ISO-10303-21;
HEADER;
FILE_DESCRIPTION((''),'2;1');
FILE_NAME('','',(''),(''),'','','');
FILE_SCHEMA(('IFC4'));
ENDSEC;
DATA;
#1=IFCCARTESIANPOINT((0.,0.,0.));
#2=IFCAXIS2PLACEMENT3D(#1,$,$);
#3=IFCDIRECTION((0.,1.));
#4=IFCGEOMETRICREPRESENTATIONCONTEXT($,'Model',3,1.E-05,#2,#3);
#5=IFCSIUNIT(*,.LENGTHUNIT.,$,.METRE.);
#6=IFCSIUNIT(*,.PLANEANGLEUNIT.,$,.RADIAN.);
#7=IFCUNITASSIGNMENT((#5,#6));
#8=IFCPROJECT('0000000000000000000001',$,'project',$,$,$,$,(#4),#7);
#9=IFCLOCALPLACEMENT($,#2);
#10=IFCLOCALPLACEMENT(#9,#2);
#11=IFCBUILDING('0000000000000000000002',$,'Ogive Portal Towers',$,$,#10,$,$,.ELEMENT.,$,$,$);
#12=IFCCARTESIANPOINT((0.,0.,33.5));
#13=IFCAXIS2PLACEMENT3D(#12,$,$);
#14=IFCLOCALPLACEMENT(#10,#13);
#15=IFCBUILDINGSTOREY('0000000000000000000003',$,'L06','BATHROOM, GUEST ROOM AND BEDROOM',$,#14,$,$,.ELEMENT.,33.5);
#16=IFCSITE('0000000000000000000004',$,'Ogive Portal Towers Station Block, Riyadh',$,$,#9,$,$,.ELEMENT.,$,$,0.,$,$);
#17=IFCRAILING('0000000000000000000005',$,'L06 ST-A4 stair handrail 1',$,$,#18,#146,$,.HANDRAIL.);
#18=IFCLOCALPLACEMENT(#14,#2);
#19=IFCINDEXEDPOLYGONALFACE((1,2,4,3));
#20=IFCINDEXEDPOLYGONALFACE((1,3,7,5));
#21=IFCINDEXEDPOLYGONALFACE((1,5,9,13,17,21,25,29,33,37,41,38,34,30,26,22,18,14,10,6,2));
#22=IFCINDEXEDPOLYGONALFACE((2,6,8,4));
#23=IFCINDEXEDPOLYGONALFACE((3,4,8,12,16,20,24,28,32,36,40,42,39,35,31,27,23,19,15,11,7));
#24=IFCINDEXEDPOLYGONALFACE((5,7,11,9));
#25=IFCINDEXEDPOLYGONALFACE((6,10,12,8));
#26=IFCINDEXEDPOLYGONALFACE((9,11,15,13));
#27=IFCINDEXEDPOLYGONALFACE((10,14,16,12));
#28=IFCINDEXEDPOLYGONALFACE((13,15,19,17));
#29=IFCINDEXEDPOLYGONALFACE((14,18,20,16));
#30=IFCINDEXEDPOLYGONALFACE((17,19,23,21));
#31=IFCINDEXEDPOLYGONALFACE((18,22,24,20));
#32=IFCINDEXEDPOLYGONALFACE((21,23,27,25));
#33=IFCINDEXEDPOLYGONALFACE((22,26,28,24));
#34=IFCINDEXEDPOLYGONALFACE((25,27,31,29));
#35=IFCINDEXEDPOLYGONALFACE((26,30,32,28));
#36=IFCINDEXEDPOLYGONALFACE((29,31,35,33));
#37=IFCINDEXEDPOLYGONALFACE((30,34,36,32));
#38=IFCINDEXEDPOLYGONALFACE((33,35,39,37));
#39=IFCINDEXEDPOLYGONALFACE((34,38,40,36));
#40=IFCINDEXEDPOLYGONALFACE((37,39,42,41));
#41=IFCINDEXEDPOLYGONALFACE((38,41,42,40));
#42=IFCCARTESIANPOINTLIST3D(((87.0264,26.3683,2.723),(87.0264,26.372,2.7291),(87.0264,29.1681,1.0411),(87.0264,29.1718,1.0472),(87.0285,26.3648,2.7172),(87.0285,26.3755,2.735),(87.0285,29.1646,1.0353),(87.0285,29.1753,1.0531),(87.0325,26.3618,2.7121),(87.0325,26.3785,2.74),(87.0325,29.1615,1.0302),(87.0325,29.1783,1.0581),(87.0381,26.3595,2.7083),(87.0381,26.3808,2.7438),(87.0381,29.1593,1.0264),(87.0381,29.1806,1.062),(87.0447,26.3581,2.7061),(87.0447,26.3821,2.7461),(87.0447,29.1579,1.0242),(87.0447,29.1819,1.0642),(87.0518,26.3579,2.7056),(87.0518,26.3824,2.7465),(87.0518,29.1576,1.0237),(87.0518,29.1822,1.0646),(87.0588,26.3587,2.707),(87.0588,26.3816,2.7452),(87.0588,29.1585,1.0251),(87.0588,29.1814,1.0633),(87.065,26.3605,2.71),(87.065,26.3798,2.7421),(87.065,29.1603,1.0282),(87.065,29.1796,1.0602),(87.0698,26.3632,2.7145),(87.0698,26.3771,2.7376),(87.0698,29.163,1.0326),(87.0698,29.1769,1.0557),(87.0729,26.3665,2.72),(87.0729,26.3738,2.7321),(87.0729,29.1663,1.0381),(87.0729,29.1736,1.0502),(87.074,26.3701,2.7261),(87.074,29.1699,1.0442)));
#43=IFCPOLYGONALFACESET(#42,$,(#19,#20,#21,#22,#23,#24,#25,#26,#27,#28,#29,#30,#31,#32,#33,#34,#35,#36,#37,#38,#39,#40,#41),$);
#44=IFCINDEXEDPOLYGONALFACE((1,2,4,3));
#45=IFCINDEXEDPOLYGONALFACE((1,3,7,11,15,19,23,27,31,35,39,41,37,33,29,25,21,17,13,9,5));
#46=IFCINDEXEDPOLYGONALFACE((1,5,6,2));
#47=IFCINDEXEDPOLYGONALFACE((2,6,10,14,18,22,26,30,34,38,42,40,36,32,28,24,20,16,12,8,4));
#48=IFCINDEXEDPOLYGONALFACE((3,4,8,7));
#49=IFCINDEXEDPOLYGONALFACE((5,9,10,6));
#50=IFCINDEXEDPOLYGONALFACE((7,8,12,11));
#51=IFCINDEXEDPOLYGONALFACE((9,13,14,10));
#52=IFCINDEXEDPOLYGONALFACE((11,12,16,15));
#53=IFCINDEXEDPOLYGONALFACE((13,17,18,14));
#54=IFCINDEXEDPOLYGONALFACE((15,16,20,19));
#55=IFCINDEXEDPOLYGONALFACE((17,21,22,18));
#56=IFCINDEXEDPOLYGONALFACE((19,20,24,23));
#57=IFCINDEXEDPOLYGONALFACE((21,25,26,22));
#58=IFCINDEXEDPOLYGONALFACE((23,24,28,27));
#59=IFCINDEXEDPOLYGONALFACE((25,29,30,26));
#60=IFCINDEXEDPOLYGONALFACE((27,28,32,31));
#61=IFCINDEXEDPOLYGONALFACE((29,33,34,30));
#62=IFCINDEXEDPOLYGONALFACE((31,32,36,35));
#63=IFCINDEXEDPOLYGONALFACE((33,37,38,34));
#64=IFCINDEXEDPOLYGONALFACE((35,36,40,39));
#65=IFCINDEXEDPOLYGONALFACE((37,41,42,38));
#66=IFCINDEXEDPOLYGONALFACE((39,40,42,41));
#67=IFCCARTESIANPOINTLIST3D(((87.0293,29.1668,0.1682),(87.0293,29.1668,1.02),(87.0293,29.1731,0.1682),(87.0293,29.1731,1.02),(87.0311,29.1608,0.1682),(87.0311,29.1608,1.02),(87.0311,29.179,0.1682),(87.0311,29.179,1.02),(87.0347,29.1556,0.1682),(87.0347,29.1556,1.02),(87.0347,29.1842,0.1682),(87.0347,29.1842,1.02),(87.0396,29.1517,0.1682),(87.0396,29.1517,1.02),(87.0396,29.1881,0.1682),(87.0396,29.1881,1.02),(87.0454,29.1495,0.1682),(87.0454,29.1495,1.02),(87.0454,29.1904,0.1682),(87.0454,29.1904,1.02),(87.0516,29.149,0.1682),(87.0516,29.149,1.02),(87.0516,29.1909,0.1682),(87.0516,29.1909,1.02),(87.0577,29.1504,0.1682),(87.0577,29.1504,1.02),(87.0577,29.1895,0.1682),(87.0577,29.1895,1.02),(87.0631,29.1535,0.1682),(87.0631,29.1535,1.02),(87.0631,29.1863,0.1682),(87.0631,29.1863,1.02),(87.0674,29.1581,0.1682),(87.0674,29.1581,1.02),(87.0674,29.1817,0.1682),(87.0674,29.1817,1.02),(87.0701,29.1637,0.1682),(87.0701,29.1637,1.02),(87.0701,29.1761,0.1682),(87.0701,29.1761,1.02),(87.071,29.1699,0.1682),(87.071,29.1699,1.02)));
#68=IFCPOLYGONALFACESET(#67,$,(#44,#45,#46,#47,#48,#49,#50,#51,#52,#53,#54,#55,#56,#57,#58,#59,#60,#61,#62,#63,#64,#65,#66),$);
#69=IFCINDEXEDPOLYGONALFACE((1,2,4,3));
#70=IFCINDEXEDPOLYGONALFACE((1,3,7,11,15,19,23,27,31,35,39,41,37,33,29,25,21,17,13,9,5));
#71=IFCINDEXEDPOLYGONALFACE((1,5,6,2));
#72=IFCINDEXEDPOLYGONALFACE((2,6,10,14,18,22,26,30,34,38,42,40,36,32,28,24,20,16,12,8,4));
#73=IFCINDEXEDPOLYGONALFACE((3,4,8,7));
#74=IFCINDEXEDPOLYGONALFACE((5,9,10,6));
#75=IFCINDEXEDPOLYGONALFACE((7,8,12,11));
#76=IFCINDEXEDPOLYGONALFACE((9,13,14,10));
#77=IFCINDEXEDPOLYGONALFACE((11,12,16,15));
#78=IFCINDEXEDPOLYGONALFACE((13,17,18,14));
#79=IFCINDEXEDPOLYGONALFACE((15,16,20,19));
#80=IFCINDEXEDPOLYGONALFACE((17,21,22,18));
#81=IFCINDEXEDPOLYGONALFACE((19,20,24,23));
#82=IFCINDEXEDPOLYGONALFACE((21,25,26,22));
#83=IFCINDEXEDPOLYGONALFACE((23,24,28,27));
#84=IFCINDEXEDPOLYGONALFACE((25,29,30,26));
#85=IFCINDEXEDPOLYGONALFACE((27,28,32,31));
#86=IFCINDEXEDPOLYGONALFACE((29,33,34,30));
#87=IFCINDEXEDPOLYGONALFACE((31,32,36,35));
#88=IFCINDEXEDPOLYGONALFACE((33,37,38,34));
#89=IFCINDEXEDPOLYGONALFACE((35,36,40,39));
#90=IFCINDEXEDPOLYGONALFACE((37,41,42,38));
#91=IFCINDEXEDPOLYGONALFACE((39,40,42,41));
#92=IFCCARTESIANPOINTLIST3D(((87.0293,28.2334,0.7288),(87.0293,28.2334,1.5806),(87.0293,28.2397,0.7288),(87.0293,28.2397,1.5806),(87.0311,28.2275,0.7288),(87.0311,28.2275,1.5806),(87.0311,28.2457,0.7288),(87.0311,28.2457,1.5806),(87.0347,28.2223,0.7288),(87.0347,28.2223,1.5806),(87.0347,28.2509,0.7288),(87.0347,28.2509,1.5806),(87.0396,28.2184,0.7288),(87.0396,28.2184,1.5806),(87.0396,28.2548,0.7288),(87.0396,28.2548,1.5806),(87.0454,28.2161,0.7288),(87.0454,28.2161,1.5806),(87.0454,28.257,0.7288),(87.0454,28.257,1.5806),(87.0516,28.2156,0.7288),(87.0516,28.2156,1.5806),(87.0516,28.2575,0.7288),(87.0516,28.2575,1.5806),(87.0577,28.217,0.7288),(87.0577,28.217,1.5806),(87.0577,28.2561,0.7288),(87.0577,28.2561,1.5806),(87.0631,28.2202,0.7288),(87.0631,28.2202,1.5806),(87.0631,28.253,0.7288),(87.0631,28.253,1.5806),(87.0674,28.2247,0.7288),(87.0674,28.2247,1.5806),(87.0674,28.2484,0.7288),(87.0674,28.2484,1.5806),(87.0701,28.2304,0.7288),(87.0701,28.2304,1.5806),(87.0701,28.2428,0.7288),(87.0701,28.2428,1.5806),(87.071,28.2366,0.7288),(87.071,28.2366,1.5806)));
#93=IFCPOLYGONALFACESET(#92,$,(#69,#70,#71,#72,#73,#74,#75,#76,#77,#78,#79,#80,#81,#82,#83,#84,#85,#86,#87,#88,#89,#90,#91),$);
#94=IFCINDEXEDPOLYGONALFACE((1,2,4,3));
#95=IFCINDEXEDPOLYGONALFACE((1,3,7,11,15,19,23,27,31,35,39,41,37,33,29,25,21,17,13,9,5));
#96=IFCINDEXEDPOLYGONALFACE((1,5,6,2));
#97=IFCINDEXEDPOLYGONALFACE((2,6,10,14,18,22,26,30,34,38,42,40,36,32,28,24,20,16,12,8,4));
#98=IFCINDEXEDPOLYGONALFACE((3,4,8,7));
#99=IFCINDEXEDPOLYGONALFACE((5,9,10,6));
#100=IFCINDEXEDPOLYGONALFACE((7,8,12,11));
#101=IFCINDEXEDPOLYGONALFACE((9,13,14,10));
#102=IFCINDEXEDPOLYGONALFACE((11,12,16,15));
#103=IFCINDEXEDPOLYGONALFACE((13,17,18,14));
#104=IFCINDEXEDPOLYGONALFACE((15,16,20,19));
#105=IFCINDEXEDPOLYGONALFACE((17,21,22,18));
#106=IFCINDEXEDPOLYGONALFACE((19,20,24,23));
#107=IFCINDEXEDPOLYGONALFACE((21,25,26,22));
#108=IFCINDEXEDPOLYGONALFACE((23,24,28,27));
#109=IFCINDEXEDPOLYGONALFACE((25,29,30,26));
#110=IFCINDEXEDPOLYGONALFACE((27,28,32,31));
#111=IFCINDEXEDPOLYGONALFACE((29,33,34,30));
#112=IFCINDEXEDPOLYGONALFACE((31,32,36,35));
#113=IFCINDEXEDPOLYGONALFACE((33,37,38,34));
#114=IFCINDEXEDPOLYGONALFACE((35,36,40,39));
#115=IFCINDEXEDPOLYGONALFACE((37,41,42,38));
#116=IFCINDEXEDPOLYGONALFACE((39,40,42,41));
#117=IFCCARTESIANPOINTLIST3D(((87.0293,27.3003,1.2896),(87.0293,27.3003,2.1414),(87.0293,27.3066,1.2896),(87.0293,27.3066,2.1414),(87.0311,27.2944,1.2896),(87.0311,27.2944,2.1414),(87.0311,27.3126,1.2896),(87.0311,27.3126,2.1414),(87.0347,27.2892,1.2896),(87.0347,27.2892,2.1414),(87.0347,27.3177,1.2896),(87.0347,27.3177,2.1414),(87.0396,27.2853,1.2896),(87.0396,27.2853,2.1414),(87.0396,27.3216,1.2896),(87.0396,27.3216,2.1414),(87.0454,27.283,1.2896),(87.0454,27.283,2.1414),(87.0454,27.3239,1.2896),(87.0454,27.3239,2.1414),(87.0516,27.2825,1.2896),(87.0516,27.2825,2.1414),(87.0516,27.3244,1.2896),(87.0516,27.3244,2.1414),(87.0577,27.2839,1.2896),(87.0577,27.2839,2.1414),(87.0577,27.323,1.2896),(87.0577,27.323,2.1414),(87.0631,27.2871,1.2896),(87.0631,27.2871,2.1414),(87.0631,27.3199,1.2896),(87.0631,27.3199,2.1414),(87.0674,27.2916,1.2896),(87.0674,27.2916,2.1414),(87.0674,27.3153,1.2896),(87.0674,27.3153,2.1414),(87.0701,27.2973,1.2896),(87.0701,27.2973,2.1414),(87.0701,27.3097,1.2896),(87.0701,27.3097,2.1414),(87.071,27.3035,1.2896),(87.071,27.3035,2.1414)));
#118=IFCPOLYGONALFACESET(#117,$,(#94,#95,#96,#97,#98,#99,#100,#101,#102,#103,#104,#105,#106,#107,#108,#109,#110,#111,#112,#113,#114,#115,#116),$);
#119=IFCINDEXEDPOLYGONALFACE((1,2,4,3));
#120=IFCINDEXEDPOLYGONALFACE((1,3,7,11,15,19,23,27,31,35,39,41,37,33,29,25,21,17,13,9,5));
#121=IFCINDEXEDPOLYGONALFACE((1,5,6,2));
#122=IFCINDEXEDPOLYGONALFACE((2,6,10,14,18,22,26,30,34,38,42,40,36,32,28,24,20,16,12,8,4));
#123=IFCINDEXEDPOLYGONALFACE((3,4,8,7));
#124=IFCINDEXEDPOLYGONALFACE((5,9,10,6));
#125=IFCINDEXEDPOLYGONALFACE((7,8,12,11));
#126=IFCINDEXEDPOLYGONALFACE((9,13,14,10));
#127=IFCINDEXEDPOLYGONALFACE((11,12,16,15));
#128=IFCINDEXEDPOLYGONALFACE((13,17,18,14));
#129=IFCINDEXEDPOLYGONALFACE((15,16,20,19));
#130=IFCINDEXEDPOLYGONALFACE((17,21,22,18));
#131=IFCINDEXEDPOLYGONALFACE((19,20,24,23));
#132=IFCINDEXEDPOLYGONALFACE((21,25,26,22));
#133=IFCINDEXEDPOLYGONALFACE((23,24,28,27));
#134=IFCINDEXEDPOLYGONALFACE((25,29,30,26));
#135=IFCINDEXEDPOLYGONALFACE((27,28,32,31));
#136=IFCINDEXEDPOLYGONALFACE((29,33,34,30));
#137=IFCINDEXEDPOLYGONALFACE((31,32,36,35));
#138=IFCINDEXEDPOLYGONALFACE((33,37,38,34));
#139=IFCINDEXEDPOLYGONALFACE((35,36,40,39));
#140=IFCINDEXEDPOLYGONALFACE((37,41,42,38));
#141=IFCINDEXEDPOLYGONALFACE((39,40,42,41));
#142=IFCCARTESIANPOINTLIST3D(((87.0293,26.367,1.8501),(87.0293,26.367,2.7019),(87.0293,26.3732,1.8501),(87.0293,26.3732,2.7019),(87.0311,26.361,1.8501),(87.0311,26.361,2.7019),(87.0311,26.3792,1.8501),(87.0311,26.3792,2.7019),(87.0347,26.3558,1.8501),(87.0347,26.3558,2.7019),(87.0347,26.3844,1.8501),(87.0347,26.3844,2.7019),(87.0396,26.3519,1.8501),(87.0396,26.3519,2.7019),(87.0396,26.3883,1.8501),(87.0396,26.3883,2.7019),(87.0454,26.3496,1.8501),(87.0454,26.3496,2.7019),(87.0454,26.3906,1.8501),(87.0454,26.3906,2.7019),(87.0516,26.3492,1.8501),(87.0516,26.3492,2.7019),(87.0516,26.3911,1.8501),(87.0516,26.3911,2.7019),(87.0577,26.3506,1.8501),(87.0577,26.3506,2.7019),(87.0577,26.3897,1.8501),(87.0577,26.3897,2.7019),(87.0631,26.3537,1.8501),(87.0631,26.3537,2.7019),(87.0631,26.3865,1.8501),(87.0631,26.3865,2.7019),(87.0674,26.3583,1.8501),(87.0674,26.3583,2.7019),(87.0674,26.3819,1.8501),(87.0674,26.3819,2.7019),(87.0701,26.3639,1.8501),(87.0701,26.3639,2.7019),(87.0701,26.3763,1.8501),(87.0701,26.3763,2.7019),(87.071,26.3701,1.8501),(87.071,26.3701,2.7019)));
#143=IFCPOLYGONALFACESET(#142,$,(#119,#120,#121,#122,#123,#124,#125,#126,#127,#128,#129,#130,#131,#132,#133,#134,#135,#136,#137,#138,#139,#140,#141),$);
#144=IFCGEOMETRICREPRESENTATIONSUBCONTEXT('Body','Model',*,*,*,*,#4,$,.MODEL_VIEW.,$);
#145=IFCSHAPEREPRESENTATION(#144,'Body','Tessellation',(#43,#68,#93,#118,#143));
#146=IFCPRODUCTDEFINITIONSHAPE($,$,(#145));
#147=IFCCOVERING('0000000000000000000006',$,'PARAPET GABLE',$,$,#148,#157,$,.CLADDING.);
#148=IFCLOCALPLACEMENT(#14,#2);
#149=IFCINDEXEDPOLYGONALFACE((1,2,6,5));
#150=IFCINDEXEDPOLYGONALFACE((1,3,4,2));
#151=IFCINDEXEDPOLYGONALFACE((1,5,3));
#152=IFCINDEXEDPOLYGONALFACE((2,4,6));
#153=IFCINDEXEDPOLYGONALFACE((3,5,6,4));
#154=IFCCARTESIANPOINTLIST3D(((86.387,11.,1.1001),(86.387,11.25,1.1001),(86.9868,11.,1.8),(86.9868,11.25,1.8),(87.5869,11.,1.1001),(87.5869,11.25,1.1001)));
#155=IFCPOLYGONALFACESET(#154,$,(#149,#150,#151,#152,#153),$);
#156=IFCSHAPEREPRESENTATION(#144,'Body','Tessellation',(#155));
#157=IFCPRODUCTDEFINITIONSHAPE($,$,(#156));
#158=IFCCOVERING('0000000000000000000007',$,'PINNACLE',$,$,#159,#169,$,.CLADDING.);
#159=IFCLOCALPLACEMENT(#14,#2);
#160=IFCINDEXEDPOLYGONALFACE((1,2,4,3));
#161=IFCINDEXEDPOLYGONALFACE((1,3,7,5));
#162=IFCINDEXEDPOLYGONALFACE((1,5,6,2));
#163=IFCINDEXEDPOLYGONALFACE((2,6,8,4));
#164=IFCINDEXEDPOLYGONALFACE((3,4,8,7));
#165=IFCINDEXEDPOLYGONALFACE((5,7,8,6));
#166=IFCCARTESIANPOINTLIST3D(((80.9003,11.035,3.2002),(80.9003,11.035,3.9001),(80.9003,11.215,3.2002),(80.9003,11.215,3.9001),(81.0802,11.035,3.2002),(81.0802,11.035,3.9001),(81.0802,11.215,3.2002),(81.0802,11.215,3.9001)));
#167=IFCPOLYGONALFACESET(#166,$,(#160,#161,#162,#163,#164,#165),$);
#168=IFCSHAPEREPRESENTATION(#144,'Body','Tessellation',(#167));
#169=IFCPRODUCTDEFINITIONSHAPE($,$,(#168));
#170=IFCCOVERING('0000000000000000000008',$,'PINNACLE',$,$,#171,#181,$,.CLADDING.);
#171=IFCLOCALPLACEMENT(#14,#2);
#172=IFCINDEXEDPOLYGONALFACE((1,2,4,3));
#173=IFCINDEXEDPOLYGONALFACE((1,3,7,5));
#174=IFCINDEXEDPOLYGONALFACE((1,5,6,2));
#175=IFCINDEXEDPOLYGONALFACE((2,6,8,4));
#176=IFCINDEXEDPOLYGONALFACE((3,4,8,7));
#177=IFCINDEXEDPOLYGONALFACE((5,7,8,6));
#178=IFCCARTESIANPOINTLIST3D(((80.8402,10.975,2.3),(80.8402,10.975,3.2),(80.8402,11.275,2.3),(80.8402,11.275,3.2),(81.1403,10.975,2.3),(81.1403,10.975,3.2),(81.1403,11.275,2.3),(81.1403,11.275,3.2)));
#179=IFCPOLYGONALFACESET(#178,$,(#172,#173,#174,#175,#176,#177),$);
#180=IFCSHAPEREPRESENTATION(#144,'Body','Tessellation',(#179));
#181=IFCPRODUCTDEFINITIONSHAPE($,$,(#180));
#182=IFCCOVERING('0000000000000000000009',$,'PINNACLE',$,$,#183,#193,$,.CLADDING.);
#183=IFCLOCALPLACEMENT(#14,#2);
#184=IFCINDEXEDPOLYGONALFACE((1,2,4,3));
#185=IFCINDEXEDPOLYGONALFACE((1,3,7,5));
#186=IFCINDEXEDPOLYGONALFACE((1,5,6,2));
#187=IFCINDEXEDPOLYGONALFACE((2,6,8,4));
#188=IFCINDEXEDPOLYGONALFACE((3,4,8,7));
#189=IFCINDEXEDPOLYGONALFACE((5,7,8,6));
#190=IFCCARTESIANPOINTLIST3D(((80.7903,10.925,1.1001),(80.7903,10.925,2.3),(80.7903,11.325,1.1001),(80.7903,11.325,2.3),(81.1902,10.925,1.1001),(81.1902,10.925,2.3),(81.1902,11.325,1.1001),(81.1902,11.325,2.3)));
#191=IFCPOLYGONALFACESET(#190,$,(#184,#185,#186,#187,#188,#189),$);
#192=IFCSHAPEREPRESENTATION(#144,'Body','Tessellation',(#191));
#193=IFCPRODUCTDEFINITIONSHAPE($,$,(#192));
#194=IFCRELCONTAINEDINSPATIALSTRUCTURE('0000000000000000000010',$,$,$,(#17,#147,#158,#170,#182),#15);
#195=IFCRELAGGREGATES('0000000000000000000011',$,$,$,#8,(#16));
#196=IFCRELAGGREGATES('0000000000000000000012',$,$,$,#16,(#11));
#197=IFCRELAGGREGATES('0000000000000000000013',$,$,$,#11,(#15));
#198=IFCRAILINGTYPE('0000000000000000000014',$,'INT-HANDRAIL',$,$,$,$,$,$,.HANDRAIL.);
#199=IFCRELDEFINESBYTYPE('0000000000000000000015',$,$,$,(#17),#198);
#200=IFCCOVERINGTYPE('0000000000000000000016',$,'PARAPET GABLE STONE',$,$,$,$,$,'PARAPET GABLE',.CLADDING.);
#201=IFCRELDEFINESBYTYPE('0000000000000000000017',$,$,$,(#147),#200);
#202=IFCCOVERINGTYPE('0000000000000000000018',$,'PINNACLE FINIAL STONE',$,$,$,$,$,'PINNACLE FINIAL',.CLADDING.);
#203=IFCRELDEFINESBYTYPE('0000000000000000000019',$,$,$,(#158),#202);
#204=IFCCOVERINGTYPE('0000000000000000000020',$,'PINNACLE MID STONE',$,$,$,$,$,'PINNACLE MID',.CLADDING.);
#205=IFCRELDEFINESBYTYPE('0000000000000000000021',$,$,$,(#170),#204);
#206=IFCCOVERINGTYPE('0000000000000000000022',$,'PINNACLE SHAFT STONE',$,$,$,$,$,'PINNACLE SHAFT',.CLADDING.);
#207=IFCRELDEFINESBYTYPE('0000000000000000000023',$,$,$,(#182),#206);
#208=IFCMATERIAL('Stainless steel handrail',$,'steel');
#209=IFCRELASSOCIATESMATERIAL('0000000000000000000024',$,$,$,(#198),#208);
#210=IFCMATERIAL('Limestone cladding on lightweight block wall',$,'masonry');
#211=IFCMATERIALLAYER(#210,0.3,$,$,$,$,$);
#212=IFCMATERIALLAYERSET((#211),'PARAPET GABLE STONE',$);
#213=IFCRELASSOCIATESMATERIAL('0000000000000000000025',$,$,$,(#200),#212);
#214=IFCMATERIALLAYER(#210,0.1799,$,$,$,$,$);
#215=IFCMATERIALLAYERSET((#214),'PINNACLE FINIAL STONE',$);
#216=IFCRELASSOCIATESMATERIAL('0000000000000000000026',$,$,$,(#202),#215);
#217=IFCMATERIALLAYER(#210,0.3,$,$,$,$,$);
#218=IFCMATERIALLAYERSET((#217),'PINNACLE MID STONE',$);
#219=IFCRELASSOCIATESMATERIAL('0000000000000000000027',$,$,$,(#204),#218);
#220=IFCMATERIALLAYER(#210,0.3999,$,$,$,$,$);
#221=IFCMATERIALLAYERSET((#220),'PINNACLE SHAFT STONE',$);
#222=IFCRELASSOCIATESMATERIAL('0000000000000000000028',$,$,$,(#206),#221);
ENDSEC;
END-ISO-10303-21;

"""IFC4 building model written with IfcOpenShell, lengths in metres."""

from ifc_helpers import new_model, si_unit, direction, frame, origin, origin_2d, place, context, subcontext, project, spatial, polyline, rectangle, circle, outline, extrude, material, layer, layer_set, type_object, element, save


model = new_model("IFC4")

# Units and contexts
model_context = context("Model", 3, precision=1e-05, world=origin(), true_north=direction((0.0, 1.0)))
body_context = subcontext(model_context, "Body", "Model", "MODEL_VIEW")
ifc_project = project(units=[si_unit("LENGTHUNIT", "METRE"), si_unit("PLANEANGLEUNIT", "RADIAN")], contexts=[model_context])

# Site, building, storey
site_placement = place(None, origin())
site = spatial("IfcSite", under=ifc_project, at=site_placement, Name="Ogive Portal Towers Station Block, Riyadh", CompositionType="ELEMENT", RefElevation=0.0)
building_placement = place(site_placement, origin())
building = spatial("IfcBuilding", under=site, at=building_placement, Name="Ogive Portal Towers", CompositionType="ELEMENT")
storey_placement = place(building_placement, frame((0.0, 0.0, 33.5)))
storey = spatial("IfcBuildingStorey", under=building, at=storey_placement, Name="L06", Description="BATHROOM, GUEST ROOM AND BEDROOM", CompositionType="ELEMENT", Elevation=33.5)

# Railing
ifc_material_1 = material(Name="Stainless steel handrail", Category="steel")
railing_type_1 = type_object("IfcRailingType", Name="INT-HANDRAIL", PredefinedType="HANDRAIL", material=ifc_material_1)
railing_1_placement = place(storey_placement, frame((87.05, 29.1699, 0.1682)))
element("IfcRailing", 1, at=railing_1_placement, inside=storey, type_object=railing_type_1, Name="L06 ST-A4 stair handrail 1", PredefinedType="HANDRAIL", context=body_context, shape_type="SweptSolid", body=[
    extrude(circle(Radius=0.0239, at=origin_2d()), frame((0.0, 0.0, 0.876), z_axis=(0.0, -0.857222, 0.514946), x_axis=(1.0, 0.0, 0.0)), (0.0, 0.0, 1.0), 3.2661),
    extrude(circle(Radius=0.021, at=origin_2d()), origin(), (0.0, 0.0, 1.0), 0.8518),
    extrude(circle(Radius=0.021, at=origin_2d()), frame((0.0, -0.9333, 0.5605)), (0.0, 0.0, 1.0), 0.8518),
    extrude(circle(Radius=0.021, at=origin_2d()), frame((0.0, -1.8665, 1.1213)), (0.0, 0.0, 1.0), 0.8518),
    extrude(circle(Radius=0.021, at=origin_2d()), frame((0.0, -2.7998, 1.6819)), (0.0, 0.0, 1.0), 0.8518),
])

# Coverings
ifc_material_2 = material(Name="Limestone cladding on lightweight block wall", Category="masonry")
ifc_layer_1 = layer(ifc_material_2, 0.3)
ifc_layer_set_1 = layer_set([ifc_layer_1], Name="PARAPET GABLE STONE")
covering_type_1 = type_object("IfcCoveringType", Name="PARAPET GABLE STONE", ElementType="PARAPET GABLE", PredefinedType="CLADDING", material=ifc_layer_set_1)
covering_1_placement = place(storey_placement, frame((86.387, 11.0, 1.1001), z_axis=(0.0, -1.0, 0.0), x_axis=(1.0, 0.0, 0.0)))
element("IfcCovering", 2, at=covering_1_placement, inside=storey, type_object=covering_type_1, Name="PARAPET GABLE", PredefinedType="CLADDING", context=body_context, shape_type="SweptSolid", body=[
    extrude(outline(polyline([(0.0, 0.0), (1.2, 0.0), (0.5999, 0.7), (0.0, 0.0)])), origin(), (0.0, 0.0, -1.0), 0.25),
])
ifc_layer_2 = layer(ifc_material_2, 0.1799)
ifc_layer_set_2 = layer_set([ifc_layer_2], Name="PINNACLE FINIAL STONE")
covering_type_2 = type_object("IfcCoveringType", Name="PINNACLE FINIAL STONE", ElementType="PINNACLE FINIAL", PredefinedType="CLADDING", material=ifc_layer_set_2)
covering_2_placement = place(storey_placement, frame((80.9902, 11.125, 3.2002), z_axis=(0.0, 0.0, 1.0), x_axis=(1.0, 0.0, 0.0)))
element("IfcCovering", 3, at=covering_2_placement, inside=storey, type_object=covering_type_2, Name="PINNACLE", PredefinedType="CLADDING", context=body_context, shape_type="SweptSolid", body=[
    extrude(rectangle(XDim=0.1799, YDim=0.1799, at=origin_2d()), origin(), (0.0, 0.0, 1.0), 0.7),
])
ifc_layer_3 = layer(ifc_material_2, 0.3)
ifc_layer_set_3 = layer_set([ifc_layer_3], Name="PINNACLE MID STONE")
covering_type_3 = type_object("IfcCoveringType", Name="PINNACLE MID STONE", ElementType="PINNACLE MID", PredefinedType="CLADDING", material=ifc_layer_set_3)
covering_3_placement = place(storey_placement, frame((80.9902, 11.125, 2.3), z_axis=(0.0, 0.0, 1.0), x_axis=(1.0, 0.0, 0.0)))
element("IfcCovering", 4, at=covering_3_placement, inside=storey, type_object=covering_type_3, Name="PINNACLE", PredefinedType="CLADDING", context=body_context, shape_type="SweptSolid", body=[
    extrude(rectangle(XDim=0.3, YDim=0.3, at=origin_2d()), origin(), (0.0, 0.0, 1.0), 0.8999),
])
ifc_layer_4 = layer(ifc_material_2, 0.3999)
ifc_layer_set_4 = layer_set([ifc_layer_4], Name="PINNACLE SHAFT STONE")
covering_type_4 = type_object("IfcCoveringType", Name="PINNACLE SHAFT STONE", ElementType="PINNACLE SHAFT", PredefinedType="CLADDING", material=ifc_layer_set_4)
covering_4_placement = place(storey_placement, frame((80.9902, 11.125, 1.1001), z_axis=(0.0, 0.0, 1.0), x_axis=(1.0, 0.0, 0.0)))
element("IfcCovering", 5, at=covering_4_placement, inside=storey, type_object=covering_type_4, Name="PINNACLE", PredefinedType="CLADDING", context=body_context, shape_type="SweptSolid", body=[
    extrude(rectangle(XDim=0.3999, YDim=0.3999, at=origin_2d()), origin(), (0.0, 0.0, 1.0), 1.2),
])

save(model, "model.ifc")
